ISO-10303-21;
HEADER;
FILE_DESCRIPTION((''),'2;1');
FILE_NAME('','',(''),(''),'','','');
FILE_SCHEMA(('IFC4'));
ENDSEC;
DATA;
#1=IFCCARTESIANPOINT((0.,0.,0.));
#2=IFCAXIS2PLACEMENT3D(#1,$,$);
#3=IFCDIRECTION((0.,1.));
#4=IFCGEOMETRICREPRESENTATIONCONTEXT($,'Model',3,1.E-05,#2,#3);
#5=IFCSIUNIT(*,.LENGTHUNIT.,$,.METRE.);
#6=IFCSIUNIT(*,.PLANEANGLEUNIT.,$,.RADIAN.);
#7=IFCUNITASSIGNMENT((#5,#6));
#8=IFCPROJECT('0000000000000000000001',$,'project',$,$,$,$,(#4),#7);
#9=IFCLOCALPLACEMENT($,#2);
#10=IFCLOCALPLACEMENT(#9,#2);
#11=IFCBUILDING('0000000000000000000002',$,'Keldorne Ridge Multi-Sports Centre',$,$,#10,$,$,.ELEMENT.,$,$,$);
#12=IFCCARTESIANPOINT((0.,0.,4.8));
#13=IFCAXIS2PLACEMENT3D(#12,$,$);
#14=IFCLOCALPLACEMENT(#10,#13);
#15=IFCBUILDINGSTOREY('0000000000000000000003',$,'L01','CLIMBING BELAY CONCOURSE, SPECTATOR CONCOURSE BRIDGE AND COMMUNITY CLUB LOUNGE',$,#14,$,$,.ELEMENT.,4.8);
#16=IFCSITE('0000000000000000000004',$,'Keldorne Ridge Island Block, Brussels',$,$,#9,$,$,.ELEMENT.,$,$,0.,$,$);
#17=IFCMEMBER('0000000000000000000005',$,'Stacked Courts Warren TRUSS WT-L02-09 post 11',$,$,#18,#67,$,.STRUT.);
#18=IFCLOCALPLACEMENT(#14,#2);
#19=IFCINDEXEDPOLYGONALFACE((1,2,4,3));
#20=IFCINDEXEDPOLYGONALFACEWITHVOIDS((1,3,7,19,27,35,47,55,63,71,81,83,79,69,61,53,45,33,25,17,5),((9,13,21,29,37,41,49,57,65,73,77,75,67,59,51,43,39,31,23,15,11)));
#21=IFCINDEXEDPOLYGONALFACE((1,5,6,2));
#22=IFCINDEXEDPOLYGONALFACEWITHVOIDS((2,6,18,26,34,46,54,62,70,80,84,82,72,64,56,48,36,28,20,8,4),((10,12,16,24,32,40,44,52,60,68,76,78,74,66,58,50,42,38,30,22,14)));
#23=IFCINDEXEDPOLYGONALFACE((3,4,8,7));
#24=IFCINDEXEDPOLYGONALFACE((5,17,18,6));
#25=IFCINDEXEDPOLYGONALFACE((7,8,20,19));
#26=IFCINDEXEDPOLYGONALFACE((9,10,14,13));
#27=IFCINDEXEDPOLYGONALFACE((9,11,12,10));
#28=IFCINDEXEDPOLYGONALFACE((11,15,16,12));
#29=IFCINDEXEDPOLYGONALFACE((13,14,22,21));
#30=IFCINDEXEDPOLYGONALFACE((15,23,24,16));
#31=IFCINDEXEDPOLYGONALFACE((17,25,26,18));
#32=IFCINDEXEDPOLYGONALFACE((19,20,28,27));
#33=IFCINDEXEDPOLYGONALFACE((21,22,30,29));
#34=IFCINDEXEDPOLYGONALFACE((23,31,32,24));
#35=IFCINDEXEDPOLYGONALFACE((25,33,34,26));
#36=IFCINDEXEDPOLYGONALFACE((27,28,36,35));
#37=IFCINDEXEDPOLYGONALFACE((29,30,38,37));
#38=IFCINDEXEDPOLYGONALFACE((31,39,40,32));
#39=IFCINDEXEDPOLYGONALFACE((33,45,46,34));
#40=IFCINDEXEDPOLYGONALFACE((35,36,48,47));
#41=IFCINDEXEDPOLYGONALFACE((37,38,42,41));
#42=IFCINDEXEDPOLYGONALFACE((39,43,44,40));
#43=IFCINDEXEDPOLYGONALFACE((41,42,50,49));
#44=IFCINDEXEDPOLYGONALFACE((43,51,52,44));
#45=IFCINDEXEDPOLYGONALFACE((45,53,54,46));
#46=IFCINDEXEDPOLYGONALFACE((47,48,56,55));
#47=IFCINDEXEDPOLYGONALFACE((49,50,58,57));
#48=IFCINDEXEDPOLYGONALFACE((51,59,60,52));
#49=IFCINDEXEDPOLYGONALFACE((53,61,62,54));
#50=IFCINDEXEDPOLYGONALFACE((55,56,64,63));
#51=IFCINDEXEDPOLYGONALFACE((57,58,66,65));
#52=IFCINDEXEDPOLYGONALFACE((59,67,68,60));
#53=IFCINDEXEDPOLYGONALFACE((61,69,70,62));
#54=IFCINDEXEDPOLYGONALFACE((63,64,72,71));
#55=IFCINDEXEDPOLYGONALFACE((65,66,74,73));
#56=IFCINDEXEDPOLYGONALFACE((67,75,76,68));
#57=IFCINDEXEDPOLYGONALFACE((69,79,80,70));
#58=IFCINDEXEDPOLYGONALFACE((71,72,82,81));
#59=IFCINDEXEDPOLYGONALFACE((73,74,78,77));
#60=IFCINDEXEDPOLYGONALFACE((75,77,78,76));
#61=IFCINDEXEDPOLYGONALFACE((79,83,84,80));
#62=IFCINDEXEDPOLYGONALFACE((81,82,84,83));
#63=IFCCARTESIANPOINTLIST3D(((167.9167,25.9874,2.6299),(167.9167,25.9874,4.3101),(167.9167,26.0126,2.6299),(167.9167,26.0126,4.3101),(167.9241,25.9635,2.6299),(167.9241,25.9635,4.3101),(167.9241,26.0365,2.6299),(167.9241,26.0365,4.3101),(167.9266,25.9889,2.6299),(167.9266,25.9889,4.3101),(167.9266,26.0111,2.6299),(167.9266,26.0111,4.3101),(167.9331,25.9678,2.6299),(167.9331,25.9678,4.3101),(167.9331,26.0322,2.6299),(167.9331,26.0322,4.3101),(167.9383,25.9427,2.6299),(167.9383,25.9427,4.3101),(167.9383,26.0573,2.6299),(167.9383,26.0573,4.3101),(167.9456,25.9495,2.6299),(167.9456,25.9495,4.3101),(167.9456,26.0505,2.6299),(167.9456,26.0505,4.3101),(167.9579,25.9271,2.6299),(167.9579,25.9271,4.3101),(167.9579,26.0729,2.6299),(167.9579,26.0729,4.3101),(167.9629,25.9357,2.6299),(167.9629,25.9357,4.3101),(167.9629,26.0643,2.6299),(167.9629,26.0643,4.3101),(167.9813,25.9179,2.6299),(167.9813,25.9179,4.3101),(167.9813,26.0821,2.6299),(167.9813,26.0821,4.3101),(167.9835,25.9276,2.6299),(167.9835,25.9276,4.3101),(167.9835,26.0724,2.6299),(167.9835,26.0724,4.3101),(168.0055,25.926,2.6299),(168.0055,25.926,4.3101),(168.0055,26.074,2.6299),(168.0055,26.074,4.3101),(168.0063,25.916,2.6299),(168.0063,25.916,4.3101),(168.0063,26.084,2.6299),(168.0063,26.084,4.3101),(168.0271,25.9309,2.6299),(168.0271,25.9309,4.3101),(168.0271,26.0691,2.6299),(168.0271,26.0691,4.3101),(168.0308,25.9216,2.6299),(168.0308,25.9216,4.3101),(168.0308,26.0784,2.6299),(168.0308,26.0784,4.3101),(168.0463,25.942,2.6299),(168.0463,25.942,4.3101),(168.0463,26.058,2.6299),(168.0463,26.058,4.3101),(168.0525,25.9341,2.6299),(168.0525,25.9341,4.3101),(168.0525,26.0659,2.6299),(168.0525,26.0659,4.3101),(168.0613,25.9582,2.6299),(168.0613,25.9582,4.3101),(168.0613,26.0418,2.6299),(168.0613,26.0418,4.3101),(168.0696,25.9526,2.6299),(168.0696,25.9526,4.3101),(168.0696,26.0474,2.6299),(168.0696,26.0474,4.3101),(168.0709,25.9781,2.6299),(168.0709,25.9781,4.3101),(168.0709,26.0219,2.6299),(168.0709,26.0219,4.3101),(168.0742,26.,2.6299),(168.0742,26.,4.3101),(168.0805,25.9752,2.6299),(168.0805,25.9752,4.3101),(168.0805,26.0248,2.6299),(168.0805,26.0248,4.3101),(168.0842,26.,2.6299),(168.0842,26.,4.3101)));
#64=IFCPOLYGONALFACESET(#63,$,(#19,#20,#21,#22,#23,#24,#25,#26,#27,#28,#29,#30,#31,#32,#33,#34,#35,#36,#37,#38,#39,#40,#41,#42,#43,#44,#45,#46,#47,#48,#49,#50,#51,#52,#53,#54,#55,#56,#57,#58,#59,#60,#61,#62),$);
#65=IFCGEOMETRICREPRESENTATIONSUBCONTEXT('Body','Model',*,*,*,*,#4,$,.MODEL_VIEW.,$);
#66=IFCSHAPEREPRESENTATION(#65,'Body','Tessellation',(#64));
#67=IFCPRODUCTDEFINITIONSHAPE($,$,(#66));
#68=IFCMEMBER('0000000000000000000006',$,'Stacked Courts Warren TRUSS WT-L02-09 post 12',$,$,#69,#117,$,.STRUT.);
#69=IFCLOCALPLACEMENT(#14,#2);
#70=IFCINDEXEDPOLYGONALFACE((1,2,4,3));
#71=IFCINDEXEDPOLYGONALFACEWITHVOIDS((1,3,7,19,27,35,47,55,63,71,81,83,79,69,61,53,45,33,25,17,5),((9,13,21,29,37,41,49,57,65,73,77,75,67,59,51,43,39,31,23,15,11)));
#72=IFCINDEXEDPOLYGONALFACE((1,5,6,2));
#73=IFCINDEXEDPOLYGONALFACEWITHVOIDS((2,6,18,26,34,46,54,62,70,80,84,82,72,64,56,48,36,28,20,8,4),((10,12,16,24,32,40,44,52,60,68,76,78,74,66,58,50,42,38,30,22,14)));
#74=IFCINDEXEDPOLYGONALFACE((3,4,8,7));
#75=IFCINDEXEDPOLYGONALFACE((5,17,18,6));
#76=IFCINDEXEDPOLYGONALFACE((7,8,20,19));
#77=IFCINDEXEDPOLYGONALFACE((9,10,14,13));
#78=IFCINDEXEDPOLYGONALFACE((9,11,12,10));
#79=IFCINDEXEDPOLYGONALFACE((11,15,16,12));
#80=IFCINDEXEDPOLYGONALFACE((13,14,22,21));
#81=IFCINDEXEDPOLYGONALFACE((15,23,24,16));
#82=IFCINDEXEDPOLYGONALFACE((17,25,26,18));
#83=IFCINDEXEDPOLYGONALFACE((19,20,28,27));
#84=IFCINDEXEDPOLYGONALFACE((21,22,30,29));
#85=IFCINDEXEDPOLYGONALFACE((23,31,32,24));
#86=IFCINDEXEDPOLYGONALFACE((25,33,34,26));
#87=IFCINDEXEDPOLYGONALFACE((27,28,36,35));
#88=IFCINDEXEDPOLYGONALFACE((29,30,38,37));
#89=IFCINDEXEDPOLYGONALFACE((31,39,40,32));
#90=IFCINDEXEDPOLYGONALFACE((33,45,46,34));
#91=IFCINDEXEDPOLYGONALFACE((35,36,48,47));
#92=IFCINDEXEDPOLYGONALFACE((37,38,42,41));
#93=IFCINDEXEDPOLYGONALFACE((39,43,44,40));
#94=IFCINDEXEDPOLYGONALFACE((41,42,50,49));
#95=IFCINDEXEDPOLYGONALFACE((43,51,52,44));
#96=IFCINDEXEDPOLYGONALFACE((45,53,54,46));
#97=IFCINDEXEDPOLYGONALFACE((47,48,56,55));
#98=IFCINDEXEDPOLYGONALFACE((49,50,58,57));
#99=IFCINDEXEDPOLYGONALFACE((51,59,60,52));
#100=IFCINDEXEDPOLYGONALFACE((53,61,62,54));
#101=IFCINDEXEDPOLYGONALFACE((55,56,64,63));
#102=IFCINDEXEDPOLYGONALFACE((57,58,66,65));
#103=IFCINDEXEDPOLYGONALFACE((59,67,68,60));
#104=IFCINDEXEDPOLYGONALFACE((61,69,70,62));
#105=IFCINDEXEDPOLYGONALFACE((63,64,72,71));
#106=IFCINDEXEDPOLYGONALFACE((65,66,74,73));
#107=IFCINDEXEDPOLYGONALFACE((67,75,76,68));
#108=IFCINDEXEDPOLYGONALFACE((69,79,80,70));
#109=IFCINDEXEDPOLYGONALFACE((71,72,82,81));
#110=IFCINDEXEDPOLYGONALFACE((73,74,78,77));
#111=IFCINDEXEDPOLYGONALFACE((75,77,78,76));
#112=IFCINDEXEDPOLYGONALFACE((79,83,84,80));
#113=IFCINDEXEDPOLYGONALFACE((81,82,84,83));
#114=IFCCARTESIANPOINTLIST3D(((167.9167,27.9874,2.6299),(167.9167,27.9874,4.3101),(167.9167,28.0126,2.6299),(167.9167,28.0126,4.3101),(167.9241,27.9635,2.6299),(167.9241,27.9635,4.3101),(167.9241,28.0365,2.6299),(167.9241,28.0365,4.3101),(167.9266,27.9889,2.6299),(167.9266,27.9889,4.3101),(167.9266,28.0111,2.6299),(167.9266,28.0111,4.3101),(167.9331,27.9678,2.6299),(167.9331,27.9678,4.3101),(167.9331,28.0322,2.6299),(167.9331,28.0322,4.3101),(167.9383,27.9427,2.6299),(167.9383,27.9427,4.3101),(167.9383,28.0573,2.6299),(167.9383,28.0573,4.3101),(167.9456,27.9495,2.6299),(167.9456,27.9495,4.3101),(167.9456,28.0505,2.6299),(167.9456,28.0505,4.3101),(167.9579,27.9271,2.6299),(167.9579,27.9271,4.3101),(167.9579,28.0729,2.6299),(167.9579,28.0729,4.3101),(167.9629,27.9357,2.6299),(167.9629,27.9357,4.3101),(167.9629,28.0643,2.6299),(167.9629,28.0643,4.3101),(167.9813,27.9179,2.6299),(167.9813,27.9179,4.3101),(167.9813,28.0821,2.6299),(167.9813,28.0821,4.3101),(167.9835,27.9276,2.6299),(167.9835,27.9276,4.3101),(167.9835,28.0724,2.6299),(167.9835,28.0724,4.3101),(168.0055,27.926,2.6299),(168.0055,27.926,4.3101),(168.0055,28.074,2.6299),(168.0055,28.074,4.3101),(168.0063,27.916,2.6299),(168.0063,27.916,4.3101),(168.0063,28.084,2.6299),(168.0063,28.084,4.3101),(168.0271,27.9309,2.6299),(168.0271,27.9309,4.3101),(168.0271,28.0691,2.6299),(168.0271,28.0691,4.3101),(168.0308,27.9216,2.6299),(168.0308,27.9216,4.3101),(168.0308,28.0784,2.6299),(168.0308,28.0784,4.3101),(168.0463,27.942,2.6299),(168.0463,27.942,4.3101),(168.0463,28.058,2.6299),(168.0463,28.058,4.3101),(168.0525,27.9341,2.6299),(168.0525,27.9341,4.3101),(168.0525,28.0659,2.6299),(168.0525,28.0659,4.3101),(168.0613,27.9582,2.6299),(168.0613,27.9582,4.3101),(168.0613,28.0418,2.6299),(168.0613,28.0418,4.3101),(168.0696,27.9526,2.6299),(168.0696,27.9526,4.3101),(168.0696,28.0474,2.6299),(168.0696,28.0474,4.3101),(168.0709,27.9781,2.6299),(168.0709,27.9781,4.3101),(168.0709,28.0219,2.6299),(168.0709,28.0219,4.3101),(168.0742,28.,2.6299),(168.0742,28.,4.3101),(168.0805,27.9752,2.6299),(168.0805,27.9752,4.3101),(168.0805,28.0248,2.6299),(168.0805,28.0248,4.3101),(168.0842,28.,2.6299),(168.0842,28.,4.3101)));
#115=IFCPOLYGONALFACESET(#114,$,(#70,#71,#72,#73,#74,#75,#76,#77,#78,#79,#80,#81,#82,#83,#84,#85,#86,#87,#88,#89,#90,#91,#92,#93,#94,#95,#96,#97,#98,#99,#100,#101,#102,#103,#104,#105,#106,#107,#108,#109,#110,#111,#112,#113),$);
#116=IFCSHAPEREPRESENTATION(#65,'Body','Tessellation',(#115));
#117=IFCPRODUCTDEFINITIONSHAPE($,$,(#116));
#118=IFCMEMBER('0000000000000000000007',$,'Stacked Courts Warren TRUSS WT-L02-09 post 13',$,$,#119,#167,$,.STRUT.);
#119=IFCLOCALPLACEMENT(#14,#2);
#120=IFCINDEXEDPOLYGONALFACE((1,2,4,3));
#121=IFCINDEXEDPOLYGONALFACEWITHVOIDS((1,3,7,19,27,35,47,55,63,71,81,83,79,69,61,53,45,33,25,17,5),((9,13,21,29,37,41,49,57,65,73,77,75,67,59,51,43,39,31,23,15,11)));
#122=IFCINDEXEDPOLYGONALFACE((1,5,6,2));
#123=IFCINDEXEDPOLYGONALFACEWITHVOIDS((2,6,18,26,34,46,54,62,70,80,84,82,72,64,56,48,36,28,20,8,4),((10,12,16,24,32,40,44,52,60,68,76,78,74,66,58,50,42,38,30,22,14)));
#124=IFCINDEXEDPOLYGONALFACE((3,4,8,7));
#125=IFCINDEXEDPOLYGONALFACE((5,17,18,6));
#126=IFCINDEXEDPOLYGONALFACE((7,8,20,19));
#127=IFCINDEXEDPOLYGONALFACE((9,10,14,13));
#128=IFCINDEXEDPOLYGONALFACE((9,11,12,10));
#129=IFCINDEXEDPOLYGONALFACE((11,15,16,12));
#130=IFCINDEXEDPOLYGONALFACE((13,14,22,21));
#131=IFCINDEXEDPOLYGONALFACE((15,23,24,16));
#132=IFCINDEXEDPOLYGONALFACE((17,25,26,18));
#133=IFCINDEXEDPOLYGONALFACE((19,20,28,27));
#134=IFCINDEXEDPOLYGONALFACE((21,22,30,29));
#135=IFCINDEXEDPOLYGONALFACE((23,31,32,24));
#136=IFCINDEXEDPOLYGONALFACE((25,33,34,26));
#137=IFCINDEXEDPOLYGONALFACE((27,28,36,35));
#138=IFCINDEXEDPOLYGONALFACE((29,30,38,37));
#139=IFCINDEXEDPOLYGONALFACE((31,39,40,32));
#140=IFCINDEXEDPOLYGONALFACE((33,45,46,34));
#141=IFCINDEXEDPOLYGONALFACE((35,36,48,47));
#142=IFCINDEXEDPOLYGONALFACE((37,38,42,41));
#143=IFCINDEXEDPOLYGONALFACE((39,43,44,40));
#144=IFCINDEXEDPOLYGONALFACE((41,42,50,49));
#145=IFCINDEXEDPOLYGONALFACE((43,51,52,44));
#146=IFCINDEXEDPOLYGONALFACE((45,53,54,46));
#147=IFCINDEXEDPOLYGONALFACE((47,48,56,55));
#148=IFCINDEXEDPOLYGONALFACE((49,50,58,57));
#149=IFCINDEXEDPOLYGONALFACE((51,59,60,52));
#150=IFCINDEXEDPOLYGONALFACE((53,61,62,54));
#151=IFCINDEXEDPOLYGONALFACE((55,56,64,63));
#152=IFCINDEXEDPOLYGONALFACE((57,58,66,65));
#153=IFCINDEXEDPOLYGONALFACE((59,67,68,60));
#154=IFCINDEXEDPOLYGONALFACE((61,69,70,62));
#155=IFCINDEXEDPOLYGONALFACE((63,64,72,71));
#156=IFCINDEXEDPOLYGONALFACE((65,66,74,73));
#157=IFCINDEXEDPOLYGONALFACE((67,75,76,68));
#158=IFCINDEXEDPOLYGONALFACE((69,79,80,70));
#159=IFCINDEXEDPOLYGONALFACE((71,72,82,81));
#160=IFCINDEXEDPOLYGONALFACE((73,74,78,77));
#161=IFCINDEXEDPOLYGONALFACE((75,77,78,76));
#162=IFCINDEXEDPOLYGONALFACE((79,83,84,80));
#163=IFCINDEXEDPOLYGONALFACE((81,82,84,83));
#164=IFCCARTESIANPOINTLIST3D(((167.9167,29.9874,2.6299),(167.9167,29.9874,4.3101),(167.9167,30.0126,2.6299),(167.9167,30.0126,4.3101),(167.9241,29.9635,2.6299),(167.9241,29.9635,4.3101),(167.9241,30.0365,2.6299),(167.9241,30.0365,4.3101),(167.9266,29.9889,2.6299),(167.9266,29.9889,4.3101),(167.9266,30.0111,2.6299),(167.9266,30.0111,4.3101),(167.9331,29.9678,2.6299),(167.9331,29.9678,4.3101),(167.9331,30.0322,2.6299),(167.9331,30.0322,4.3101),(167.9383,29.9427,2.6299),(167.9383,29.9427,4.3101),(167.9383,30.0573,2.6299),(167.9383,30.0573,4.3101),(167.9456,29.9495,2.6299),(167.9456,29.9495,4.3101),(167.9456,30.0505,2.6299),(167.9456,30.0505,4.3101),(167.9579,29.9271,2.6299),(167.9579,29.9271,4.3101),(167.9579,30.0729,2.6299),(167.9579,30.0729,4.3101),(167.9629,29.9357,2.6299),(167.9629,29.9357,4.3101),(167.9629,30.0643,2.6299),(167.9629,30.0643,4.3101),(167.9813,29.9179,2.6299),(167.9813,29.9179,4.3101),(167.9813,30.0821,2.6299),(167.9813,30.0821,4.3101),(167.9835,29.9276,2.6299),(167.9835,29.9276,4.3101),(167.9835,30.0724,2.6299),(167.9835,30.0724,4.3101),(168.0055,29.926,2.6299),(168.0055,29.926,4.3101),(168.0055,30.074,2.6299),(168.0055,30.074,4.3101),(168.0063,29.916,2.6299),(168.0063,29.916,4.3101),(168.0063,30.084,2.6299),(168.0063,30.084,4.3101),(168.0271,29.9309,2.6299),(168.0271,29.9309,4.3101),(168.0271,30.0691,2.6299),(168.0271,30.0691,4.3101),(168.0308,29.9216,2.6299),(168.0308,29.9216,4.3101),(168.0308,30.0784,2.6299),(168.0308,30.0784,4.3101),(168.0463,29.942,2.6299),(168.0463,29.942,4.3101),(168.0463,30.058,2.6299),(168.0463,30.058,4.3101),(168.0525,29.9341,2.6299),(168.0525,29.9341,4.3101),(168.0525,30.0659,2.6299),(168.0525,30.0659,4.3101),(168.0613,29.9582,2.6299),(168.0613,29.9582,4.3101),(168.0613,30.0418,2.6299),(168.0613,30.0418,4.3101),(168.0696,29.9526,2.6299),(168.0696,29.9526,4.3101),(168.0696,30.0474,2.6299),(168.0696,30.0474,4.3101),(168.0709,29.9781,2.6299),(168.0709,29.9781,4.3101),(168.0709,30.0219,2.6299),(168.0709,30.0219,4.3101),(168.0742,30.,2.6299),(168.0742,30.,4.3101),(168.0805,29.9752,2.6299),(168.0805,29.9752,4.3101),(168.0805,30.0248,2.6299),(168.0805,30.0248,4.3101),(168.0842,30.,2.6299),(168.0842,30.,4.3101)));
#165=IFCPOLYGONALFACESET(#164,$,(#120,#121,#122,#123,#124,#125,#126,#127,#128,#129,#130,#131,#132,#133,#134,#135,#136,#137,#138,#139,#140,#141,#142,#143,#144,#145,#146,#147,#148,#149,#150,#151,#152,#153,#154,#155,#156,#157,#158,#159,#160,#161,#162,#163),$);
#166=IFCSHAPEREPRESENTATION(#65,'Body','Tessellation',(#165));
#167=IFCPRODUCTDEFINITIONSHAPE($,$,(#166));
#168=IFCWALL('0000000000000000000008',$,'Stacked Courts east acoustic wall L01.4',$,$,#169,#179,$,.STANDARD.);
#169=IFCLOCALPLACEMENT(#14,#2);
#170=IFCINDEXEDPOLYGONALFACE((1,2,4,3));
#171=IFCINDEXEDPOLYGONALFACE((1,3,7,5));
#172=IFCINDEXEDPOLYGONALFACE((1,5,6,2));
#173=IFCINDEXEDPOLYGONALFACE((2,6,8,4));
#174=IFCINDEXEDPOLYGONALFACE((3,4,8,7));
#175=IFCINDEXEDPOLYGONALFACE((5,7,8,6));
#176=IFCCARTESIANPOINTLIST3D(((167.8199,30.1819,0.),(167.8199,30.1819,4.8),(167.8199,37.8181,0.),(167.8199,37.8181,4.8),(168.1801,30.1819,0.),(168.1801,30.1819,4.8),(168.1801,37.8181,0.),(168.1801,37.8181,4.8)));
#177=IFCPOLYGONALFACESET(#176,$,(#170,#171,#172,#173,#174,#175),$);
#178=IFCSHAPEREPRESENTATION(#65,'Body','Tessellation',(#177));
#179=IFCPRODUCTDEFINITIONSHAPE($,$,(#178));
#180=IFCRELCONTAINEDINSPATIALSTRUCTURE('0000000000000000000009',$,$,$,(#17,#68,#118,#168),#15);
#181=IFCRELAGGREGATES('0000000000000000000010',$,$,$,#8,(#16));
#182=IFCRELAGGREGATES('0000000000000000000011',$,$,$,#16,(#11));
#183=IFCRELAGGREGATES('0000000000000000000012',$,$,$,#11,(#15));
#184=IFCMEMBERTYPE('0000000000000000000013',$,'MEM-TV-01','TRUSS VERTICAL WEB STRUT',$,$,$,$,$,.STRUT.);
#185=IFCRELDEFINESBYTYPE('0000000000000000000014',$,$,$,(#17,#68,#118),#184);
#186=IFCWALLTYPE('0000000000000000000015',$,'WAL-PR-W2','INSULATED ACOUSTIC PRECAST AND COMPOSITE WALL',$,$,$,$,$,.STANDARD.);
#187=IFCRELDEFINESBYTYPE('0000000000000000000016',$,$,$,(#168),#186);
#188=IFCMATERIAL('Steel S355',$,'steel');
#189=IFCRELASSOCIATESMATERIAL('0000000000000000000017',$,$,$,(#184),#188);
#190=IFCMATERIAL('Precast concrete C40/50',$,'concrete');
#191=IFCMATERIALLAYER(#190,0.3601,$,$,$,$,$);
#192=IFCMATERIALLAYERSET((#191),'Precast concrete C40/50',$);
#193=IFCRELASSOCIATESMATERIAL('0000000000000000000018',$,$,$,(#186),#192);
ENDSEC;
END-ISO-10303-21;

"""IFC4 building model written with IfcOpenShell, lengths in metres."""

from ifc_helpers import new_model, si_unit, direction, frame, frame_2d, origin, origin_2d, place, context, subcontext, project, spatial, rectangle, hollow_circle, extrude, material, layer, layer_set, material_profile, profile_set, type_object, element, save


model = new_model("IFC4")

# Units and contexts
model_context = context("Model", 3, precision=1e-05, world=origin(), true_north=direction((0.0, 1.0)))
body_context = subcontext(model_context, "Body", "Model", "MODEL_VIEW")
ifc_project = project(units=[si_unit("LENGTHUNIT", "METRE"), si_unit("PLANEANGLEUNIT", "RADIAN")], contexts=[model_context])

# Site, building, storey
site_placement = place(None, origin())
site = spatial("IfcSite", under=ifc_project, at=site_placement, Name="Keldorne Ridge Island Block, Brussels", CompositionType="ELEMENT", RefElevation=0.0)
building_placement = place(site_placement, origin())
building = spatial("IfcBuilding", under=site, at=building_placement, Name="Keldorne Ridge Multi-Sports Centre", CompositionType="ELEMENT")
storey_placement = place(building_placement, frame((0.0, 0.0, 4.8)))
storey = spatial("IfcBuildingStorey", under=building, at=storey_placement, Name="L01", Description="CLIMBING BELAY CONCOURSE, SPECTATOR CONCOURSE BRIDGE AND COMMUNITY CLUB LOUNGE", CompositionType="ELEMENT", Elevation=4.8)

# Shared definitions
ifc_material_1 = material(Name="Steel S355", Category="steel")

# Members
ifc_material_profile_1 = material_profile(ifc_material_1, hollow_circle(Radius=0.0842, WallThickness=0.01, at=origin_2d()), Name="CHS 168.3x10")
ifc_profile_set_1 = profile_set([ifc_material_profile_1], Name="Steel S355")
member_type_1 = type_object("IfcMemberType", Name="MEM-TV-01", Description="TRUSS VERTICAL WEB STRUT", PredefinedType="STRUT", material=ifc_profile_set_1)
for number, where, z_axis, x_axis, name in (
    (1, (168.0, 26.0, 2.6299), (0.0, 0.0, 1.0), (1.0, 0.0, 0.0), "Stacked Courts Warren TRUSS WT-L02-09 post 11"),
    (2, (168.0, 28.0, 2.6299), (0.0, 0.0, 1.0), (1.0, 0.0, 0.0), "Stacked Courts Warren TRUSS WT-L02-09 post 12"),
    (3, (168.0, 30.0, 2.6299), (0.0, 0.0, 1.0), (1.0, 0.0, 0.0), "Stacked Courts Warren TRUSS WT-L02-09 post 13"),
):
    element("IfcMember", number, at=place(storey_placement, frame(where, z_axis=z_axis, x_axis=x_axis)), inside=storey, type_object=member_type_1, Name=name, PredefinedType="STRUT", context=body_context, shape_type="SweptSolid", body=[
        extrude(hollow_circle(Radius=0.0842, WallThickness=0.01, at=origin_2d()), origin(), (0.0, 0.0, 1.0), 1.6802),
    ])

# Wall
ifc_material_2 = material(Name="Precast concrete C40/50", Category="concrete")
ifc_layer = layer(ifc_material_2, 0.3601)
ifc_layer_set = layer_set([ifc_layer], Name="Precast concrete C40/50")
wall_type = type_object("IfcWallType", Name="WAL-PR-W2", Description="INSULATED ACOUSTIC PRECAST AND COMPOSITE WALL", PredefinedType="STANDARD", material=ifc_layer_set)
wall_placement = place(storey_placement, frame((168.0, 30.1819, 0.0), z_axis=(0.0, 0.0, 1.0), x_axis=(0.0, 1.0, 0.0)))
element("IfcWall", 4, at=wall_placement, inside=storey, type_object=wall_type, Name="Stacked Courts east acoustic wall L01.4", PredefinedType="STANDARD", context=body_context, shape_type="SweptSolid", body=[
    extrude(rectangle(XDim=7.6362, YDim=0.3601, at=frame_2d((3.8181, 0.0))), origin(), (0.0, 0.0, 1.0), 4.8),
])

save(model, "model.ifc")
